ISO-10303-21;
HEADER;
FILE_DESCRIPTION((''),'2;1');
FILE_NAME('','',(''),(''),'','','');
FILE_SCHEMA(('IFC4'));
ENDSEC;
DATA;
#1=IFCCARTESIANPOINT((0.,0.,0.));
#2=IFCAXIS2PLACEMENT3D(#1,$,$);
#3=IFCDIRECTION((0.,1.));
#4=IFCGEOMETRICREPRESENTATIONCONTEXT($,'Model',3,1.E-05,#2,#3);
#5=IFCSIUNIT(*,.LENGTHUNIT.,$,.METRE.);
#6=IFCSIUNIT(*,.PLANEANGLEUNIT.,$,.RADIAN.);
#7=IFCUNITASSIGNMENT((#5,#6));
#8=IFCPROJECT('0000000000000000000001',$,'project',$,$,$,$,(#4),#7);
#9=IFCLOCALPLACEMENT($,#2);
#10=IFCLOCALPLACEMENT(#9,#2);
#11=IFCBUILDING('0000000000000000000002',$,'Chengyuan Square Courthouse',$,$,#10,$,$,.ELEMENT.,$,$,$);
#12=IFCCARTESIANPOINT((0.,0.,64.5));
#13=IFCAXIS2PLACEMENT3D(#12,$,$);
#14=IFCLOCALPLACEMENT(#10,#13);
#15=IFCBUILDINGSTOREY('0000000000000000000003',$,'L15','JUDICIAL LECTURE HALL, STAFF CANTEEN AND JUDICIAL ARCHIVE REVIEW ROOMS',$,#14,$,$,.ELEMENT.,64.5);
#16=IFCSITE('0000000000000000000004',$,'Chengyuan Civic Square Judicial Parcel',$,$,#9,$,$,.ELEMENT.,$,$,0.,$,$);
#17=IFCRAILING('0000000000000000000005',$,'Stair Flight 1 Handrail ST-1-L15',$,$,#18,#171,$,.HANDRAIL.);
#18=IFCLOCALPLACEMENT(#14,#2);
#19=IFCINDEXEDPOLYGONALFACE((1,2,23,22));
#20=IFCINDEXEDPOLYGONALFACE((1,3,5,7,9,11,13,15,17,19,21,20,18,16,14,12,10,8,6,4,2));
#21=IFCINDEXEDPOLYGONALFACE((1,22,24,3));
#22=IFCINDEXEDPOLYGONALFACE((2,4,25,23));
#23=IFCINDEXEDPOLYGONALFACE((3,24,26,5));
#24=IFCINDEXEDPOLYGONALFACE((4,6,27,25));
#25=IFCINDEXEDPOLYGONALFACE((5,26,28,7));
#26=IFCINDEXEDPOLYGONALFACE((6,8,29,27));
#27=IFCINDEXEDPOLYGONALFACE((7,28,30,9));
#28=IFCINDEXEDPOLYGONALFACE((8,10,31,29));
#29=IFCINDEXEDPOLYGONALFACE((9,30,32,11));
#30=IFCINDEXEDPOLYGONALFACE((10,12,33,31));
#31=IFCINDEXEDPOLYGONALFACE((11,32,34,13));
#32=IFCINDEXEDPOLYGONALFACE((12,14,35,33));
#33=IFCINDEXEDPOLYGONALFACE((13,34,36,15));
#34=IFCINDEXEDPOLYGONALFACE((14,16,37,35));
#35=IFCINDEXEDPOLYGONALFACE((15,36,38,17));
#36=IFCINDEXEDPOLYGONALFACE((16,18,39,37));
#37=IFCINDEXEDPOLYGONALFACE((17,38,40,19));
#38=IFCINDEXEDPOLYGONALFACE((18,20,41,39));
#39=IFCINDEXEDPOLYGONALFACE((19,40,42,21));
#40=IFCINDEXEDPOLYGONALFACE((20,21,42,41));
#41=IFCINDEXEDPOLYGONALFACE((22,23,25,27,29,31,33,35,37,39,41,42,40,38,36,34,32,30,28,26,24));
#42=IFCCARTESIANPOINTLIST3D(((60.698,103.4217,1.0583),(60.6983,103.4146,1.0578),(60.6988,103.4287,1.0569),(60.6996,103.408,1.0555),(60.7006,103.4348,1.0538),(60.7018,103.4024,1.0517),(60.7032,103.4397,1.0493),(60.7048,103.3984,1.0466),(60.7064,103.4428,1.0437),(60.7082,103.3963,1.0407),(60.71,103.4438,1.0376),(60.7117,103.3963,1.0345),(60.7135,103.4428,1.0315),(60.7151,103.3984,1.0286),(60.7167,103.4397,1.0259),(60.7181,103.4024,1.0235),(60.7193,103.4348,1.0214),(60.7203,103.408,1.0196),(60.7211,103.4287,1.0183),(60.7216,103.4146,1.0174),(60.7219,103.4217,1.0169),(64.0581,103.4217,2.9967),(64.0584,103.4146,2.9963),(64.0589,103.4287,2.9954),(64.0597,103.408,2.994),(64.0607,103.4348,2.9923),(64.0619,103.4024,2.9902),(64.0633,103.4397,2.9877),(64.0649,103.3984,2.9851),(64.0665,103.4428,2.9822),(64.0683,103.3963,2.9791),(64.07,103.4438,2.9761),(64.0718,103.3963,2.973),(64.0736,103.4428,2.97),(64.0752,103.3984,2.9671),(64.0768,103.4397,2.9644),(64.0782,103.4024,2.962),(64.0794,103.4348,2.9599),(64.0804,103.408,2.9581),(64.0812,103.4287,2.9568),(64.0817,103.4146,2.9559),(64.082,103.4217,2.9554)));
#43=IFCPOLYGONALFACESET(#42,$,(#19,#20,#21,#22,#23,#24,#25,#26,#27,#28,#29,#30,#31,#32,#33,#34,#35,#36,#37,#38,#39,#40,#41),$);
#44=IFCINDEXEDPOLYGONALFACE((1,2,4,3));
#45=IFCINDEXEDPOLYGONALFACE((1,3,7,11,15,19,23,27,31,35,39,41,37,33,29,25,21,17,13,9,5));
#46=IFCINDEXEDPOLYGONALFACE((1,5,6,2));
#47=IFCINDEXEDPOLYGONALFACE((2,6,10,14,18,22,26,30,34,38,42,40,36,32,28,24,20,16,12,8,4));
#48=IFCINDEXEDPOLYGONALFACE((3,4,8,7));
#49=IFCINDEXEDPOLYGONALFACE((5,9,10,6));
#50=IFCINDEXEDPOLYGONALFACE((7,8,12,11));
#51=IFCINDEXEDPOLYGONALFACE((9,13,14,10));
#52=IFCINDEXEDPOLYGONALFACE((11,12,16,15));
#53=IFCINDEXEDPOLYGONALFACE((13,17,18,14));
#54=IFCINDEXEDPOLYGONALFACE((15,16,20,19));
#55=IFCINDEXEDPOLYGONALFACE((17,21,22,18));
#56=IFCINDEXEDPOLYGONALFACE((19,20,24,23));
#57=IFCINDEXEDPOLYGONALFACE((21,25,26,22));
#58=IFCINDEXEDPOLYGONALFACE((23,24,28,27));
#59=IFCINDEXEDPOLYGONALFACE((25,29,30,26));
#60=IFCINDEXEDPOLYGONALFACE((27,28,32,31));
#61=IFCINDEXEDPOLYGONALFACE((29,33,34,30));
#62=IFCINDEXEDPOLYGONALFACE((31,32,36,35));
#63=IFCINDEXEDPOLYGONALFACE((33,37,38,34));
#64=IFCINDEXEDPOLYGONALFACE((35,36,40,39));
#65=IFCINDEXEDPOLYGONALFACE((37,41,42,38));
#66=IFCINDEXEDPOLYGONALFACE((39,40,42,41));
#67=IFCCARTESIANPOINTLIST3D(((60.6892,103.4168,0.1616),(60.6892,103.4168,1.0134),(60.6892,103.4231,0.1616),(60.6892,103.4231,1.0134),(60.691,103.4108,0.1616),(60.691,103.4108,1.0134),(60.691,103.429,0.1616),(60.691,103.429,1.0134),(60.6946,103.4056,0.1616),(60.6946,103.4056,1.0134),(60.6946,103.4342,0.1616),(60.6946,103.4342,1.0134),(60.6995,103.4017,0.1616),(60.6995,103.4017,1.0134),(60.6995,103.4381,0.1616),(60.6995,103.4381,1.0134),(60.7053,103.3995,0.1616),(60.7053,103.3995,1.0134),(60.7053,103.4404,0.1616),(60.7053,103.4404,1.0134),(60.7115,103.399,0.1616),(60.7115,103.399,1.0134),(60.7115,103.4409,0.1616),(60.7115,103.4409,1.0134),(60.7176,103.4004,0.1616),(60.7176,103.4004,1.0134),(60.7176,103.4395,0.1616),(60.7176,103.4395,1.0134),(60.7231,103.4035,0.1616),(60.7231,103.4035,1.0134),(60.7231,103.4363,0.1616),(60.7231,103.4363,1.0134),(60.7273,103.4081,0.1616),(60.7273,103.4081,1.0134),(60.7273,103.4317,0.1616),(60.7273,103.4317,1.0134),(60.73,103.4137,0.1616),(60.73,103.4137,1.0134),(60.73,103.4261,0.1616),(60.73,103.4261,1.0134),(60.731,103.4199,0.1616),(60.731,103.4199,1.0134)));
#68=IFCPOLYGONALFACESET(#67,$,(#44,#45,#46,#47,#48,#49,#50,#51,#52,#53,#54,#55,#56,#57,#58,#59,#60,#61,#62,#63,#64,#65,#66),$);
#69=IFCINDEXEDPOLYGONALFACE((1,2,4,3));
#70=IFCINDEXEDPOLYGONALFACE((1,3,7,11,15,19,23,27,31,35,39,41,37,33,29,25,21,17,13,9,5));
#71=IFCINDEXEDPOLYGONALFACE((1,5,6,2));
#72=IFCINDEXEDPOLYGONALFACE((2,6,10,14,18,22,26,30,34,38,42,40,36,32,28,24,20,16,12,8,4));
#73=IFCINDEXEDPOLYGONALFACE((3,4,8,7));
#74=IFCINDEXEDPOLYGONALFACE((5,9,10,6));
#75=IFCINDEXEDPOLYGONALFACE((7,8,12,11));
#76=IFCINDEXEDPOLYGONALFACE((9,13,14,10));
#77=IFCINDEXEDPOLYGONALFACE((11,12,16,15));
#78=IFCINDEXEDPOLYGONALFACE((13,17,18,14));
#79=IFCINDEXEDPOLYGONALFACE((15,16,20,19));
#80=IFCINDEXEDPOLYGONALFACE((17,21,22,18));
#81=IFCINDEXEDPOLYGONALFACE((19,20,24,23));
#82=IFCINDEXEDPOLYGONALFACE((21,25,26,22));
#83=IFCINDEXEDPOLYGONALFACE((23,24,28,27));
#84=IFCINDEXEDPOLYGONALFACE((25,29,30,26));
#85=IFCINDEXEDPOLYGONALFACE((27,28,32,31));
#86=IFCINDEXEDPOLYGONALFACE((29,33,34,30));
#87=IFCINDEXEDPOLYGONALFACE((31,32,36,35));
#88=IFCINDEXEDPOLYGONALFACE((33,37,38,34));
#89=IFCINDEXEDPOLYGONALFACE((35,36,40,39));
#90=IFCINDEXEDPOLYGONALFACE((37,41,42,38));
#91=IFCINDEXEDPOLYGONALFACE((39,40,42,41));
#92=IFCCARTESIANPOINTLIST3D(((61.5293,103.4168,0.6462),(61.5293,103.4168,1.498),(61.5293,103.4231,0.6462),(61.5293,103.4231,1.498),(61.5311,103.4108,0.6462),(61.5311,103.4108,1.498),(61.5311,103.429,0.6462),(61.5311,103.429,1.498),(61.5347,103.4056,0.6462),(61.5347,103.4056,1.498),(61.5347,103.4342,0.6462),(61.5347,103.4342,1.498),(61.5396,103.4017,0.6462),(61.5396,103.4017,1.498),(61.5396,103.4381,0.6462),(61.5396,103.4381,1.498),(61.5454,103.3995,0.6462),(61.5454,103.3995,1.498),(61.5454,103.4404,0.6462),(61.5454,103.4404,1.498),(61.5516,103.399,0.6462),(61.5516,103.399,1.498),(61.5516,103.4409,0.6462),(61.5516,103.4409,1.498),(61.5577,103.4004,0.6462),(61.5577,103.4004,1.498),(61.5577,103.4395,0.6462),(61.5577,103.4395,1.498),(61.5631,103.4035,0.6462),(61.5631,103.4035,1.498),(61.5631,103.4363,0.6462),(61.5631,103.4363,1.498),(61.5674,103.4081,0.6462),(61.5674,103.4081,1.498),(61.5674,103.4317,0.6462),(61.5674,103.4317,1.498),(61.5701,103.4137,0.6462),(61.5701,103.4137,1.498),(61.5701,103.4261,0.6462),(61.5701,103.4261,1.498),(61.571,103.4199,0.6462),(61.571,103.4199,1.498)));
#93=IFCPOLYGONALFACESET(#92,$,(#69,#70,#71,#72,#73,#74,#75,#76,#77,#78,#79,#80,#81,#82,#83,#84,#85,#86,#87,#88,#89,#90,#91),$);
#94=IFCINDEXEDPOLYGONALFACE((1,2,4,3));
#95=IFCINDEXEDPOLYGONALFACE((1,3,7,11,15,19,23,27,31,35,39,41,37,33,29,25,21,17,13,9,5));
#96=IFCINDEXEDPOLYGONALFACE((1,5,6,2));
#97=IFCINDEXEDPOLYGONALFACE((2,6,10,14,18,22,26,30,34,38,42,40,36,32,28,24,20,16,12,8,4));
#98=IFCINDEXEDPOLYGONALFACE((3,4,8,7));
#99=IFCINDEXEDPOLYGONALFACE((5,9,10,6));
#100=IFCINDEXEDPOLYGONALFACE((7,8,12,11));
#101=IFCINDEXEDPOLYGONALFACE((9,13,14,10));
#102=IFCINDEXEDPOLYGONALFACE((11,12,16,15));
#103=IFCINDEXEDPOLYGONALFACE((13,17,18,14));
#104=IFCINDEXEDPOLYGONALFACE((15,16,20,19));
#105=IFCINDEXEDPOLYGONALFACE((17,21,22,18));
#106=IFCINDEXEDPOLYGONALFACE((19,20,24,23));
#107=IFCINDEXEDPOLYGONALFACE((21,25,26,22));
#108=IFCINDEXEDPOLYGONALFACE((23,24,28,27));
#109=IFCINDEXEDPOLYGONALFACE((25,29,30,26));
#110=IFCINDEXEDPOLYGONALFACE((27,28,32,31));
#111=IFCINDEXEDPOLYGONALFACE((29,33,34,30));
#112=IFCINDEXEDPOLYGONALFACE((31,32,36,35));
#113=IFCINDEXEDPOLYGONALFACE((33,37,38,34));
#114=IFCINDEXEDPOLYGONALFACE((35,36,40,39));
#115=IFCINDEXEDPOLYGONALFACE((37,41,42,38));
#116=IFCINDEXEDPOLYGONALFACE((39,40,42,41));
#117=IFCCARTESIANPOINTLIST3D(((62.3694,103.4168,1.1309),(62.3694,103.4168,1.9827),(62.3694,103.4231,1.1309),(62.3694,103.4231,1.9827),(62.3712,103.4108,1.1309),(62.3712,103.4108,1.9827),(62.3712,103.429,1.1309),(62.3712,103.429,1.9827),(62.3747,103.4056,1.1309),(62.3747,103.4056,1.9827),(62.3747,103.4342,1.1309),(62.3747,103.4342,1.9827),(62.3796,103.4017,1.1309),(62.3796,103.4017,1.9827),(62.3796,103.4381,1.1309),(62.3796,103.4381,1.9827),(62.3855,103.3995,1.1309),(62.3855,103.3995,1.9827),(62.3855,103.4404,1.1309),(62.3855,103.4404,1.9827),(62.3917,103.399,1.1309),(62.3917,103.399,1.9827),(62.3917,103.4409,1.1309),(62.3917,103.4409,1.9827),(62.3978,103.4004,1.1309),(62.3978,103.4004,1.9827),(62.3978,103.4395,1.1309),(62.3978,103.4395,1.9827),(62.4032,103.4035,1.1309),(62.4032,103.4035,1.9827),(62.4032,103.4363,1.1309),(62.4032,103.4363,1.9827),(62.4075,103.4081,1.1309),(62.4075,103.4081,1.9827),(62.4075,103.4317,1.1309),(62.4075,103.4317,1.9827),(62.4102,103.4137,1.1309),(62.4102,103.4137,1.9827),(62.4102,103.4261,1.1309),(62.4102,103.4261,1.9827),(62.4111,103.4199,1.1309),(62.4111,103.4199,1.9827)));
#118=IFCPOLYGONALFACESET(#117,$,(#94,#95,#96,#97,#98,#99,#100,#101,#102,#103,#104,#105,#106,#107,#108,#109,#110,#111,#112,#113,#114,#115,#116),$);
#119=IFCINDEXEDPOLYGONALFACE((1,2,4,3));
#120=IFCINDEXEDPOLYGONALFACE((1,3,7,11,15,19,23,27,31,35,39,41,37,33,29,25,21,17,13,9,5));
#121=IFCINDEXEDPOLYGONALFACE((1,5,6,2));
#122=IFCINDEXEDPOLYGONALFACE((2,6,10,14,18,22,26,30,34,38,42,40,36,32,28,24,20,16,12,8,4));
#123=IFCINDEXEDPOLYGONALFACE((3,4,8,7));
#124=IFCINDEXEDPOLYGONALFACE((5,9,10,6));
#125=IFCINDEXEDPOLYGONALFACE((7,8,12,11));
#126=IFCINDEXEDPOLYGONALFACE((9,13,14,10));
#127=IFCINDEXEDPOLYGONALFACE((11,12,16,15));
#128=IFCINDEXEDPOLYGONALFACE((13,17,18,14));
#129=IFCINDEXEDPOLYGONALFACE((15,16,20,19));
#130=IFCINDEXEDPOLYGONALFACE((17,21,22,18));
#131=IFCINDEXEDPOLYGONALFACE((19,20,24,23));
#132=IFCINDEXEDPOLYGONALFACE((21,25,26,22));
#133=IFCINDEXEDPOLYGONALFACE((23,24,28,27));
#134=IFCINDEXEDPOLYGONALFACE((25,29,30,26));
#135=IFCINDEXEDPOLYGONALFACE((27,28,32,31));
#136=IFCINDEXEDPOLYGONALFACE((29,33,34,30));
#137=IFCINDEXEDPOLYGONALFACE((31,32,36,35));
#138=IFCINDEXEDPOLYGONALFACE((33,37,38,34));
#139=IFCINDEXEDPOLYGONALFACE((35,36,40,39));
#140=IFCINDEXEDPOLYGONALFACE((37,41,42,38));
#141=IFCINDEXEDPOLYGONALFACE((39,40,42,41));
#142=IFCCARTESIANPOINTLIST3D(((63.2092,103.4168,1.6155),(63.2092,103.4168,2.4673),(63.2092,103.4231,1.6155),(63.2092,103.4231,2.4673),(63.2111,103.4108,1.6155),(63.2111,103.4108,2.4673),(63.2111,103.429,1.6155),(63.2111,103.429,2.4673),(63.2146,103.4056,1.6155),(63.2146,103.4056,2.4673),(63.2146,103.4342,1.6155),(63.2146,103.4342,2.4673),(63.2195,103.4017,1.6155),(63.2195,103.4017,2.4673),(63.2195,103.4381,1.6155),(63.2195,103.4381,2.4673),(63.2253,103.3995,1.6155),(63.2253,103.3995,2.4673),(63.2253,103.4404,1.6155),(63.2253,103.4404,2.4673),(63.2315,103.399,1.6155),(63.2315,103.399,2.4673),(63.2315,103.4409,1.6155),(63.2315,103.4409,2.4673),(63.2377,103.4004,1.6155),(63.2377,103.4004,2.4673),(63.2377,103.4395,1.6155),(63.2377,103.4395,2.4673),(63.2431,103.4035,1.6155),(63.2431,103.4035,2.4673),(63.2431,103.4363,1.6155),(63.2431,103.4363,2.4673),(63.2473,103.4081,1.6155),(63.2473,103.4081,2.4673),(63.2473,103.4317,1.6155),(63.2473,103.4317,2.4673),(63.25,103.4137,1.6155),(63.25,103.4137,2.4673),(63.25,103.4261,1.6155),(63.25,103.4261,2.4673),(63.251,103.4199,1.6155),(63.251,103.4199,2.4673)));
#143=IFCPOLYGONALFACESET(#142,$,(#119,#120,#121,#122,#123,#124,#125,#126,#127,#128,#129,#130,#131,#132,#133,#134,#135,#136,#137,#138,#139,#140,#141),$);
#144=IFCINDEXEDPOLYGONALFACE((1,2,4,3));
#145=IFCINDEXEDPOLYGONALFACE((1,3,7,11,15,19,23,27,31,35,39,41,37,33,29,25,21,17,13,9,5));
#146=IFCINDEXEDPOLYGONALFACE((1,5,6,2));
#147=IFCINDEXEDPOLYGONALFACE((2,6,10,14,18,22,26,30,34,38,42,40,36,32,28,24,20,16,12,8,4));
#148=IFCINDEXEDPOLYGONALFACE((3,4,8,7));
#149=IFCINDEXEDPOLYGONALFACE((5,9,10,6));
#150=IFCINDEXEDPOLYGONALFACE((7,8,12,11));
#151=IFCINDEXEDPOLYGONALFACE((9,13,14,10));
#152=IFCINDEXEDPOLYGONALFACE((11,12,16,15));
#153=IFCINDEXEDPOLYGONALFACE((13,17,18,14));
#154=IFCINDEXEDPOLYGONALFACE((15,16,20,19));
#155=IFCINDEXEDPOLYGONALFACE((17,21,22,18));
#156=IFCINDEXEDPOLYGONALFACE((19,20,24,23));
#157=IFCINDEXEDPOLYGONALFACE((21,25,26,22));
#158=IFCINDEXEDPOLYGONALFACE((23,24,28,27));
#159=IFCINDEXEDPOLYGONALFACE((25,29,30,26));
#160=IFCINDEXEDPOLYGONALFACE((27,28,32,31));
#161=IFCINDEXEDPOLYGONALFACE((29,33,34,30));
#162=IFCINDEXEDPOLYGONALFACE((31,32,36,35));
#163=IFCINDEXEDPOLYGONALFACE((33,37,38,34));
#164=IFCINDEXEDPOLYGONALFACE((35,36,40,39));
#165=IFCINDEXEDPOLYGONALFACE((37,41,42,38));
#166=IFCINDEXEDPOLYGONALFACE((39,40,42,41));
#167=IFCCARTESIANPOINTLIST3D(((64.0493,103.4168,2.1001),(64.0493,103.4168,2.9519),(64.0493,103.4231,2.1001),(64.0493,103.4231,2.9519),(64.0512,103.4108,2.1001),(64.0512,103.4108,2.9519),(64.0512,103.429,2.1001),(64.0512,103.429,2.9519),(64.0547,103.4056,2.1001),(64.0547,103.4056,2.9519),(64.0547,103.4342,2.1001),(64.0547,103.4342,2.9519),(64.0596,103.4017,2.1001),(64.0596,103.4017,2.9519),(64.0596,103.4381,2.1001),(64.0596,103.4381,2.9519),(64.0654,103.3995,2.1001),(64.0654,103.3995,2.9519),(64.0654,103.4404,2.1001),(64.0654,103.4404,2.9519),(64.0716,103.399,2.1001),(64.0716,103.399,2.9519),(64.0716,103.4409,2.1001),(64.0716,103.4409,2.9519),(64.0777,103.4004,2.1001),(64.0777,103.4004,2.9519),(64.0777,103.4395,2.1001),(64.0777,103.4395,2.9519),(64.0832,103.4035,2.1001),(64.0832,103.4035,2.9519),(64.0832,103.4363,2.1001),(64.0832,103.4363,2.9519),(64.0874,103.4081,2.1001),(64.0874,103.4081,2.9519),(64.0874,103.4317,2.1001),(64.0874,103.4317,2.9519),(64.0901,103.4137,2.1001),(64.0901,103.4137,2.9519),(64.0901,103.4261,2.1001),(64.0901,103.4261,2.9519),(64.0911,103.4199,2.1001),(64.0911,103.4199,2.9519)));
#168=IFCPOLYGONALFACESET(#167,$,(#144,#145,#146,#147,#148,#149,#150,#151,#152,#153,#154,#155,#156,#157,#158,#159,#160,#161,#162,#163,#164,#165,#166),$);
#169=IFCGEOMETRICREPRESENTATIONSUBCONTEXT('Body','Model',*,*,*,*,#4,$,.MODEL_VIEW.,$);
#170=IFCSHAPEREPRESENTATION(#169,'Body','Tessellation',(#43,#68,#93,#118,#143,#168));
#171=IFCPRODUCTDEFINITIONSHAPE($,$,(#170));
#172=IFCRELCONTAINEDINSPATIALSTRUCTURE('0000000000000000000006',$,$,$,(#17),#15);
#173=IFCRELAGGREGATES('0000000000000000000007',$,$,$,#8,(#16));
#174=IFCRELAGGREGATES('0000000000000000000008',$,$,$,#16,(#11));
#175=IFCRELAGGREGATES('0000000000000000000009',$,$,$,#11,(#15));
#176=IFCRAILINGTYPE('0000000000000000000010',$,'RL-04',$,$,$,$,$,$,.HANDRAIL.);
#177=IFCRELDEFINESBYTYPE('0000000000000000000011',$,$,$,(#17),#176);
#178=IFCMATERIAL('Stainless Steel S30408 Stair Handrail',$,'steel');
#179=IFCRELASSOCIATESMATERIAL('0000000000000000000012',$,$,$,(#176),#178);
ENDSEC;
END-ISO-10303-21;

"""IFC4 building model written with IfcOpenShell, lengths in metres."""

from ifc_helpers import new_model, si_unit, direction, frame, origin, origin_2d, place, context, subcontext, project, spatial, circle, extrude, material, type_object, element, save


model = new_model("IFC4")

# Units and contexts
model_context = context("Model", 3, precision=1e-05, world=origin(), true_north=direction((0.0, 1.0)))
body_context = subcontext(model_context, "Body", "Model", "MODEL_VIEW")
ifc_project = project(units=[si_unit("LENGTHUNIT", "METRE"), si_unit("PLANEANGLEUNIT", "RADIAN")], contexts=[model_context])

# Site, building, storey
site_placement = place(None, origin())
site = spatial("IfcSite", under=ifc_project, at=site_placement, Name="Chengyuan Civic Square Judicial Parcel", CompositionType="ELEMENT", RefElevation=0.0)
building_placement = place(site_placement, origin())
building = spatial("IfcBuilding", under=site, at=building_placement, Name="Chengyuan Square Courthouse", CompositionType="ELEMENT")
storey_placement = place(building_placement, frame((0.0, 0.0, 64.5)))
storey = spatial("IfcBuildingStorey", under=building, at=storey_placement, Name="L15", Description="JUDICIAL LECTURE HALL, STAFF CANTEEN AND JUDICIAL ARCHIVE REVIEW ROOMS", CompositionType="ELEMENT", Elevation=64.5)

# Railing
ifc_material_1 = material(Name="Stainless Steel S30408 Stair Handrail", Category="steel")
railing_type_1 = type_object("IfcRailingType", Name="RL-04", PredefinedType="HANDRAIL", material=ifc_material_1)
railing_1_placement = place(storey_placement, frame((60.71, 103.4199, 0.1616)))
element("IfcRailing", 1, at=railing_1_placement, inside=storey, type_object=railing_type_1, Name="Stair Flight 1 Handrail ST-1-L15", PredefinedType="HANDRAIL", context=body_context, shape_type="SweptSolid", body=[
    extrude(circle(Radius=0.0239, at=origin_2d()), frame((0.0, 0.0, 0.876), z_axis=(0.866191, 0.0, 0.499713), x_axis=(0.0, 1.0, 0.0)), (0.0, 0.0, 1.0), 3.8792),
    extrude(circle(Radius=0.021, at=origin_2d()), origin(), (0.0, 0.0, 1.0), 0.8518),
    extrude(circle(Radius=0.021, at=origin_2d()), frame((0.8401, 0.0, 0.4846)), (0.0, 0.0, 1.0), 0.8518),
    extrude(circle(Radius=0.021, at=origin_2d()), frame((1.6802, 0.0, 0.9692)), (0.0, 0.0, 1.0), 0.8518),
    extrude(circle(Radius=0.021, at=origin_2d()), frame((2.52, 0.0, 1.4539)), (0.0, 0.0, 1.0), 0.8518),
    extrude(circle(Radius=0.021, at=origin_2d()), frame((3.3601, 0.0, 1.9385)), (0.0, 0.0, 1.0), 0.8518),
])

save(model, "model.ifc")
